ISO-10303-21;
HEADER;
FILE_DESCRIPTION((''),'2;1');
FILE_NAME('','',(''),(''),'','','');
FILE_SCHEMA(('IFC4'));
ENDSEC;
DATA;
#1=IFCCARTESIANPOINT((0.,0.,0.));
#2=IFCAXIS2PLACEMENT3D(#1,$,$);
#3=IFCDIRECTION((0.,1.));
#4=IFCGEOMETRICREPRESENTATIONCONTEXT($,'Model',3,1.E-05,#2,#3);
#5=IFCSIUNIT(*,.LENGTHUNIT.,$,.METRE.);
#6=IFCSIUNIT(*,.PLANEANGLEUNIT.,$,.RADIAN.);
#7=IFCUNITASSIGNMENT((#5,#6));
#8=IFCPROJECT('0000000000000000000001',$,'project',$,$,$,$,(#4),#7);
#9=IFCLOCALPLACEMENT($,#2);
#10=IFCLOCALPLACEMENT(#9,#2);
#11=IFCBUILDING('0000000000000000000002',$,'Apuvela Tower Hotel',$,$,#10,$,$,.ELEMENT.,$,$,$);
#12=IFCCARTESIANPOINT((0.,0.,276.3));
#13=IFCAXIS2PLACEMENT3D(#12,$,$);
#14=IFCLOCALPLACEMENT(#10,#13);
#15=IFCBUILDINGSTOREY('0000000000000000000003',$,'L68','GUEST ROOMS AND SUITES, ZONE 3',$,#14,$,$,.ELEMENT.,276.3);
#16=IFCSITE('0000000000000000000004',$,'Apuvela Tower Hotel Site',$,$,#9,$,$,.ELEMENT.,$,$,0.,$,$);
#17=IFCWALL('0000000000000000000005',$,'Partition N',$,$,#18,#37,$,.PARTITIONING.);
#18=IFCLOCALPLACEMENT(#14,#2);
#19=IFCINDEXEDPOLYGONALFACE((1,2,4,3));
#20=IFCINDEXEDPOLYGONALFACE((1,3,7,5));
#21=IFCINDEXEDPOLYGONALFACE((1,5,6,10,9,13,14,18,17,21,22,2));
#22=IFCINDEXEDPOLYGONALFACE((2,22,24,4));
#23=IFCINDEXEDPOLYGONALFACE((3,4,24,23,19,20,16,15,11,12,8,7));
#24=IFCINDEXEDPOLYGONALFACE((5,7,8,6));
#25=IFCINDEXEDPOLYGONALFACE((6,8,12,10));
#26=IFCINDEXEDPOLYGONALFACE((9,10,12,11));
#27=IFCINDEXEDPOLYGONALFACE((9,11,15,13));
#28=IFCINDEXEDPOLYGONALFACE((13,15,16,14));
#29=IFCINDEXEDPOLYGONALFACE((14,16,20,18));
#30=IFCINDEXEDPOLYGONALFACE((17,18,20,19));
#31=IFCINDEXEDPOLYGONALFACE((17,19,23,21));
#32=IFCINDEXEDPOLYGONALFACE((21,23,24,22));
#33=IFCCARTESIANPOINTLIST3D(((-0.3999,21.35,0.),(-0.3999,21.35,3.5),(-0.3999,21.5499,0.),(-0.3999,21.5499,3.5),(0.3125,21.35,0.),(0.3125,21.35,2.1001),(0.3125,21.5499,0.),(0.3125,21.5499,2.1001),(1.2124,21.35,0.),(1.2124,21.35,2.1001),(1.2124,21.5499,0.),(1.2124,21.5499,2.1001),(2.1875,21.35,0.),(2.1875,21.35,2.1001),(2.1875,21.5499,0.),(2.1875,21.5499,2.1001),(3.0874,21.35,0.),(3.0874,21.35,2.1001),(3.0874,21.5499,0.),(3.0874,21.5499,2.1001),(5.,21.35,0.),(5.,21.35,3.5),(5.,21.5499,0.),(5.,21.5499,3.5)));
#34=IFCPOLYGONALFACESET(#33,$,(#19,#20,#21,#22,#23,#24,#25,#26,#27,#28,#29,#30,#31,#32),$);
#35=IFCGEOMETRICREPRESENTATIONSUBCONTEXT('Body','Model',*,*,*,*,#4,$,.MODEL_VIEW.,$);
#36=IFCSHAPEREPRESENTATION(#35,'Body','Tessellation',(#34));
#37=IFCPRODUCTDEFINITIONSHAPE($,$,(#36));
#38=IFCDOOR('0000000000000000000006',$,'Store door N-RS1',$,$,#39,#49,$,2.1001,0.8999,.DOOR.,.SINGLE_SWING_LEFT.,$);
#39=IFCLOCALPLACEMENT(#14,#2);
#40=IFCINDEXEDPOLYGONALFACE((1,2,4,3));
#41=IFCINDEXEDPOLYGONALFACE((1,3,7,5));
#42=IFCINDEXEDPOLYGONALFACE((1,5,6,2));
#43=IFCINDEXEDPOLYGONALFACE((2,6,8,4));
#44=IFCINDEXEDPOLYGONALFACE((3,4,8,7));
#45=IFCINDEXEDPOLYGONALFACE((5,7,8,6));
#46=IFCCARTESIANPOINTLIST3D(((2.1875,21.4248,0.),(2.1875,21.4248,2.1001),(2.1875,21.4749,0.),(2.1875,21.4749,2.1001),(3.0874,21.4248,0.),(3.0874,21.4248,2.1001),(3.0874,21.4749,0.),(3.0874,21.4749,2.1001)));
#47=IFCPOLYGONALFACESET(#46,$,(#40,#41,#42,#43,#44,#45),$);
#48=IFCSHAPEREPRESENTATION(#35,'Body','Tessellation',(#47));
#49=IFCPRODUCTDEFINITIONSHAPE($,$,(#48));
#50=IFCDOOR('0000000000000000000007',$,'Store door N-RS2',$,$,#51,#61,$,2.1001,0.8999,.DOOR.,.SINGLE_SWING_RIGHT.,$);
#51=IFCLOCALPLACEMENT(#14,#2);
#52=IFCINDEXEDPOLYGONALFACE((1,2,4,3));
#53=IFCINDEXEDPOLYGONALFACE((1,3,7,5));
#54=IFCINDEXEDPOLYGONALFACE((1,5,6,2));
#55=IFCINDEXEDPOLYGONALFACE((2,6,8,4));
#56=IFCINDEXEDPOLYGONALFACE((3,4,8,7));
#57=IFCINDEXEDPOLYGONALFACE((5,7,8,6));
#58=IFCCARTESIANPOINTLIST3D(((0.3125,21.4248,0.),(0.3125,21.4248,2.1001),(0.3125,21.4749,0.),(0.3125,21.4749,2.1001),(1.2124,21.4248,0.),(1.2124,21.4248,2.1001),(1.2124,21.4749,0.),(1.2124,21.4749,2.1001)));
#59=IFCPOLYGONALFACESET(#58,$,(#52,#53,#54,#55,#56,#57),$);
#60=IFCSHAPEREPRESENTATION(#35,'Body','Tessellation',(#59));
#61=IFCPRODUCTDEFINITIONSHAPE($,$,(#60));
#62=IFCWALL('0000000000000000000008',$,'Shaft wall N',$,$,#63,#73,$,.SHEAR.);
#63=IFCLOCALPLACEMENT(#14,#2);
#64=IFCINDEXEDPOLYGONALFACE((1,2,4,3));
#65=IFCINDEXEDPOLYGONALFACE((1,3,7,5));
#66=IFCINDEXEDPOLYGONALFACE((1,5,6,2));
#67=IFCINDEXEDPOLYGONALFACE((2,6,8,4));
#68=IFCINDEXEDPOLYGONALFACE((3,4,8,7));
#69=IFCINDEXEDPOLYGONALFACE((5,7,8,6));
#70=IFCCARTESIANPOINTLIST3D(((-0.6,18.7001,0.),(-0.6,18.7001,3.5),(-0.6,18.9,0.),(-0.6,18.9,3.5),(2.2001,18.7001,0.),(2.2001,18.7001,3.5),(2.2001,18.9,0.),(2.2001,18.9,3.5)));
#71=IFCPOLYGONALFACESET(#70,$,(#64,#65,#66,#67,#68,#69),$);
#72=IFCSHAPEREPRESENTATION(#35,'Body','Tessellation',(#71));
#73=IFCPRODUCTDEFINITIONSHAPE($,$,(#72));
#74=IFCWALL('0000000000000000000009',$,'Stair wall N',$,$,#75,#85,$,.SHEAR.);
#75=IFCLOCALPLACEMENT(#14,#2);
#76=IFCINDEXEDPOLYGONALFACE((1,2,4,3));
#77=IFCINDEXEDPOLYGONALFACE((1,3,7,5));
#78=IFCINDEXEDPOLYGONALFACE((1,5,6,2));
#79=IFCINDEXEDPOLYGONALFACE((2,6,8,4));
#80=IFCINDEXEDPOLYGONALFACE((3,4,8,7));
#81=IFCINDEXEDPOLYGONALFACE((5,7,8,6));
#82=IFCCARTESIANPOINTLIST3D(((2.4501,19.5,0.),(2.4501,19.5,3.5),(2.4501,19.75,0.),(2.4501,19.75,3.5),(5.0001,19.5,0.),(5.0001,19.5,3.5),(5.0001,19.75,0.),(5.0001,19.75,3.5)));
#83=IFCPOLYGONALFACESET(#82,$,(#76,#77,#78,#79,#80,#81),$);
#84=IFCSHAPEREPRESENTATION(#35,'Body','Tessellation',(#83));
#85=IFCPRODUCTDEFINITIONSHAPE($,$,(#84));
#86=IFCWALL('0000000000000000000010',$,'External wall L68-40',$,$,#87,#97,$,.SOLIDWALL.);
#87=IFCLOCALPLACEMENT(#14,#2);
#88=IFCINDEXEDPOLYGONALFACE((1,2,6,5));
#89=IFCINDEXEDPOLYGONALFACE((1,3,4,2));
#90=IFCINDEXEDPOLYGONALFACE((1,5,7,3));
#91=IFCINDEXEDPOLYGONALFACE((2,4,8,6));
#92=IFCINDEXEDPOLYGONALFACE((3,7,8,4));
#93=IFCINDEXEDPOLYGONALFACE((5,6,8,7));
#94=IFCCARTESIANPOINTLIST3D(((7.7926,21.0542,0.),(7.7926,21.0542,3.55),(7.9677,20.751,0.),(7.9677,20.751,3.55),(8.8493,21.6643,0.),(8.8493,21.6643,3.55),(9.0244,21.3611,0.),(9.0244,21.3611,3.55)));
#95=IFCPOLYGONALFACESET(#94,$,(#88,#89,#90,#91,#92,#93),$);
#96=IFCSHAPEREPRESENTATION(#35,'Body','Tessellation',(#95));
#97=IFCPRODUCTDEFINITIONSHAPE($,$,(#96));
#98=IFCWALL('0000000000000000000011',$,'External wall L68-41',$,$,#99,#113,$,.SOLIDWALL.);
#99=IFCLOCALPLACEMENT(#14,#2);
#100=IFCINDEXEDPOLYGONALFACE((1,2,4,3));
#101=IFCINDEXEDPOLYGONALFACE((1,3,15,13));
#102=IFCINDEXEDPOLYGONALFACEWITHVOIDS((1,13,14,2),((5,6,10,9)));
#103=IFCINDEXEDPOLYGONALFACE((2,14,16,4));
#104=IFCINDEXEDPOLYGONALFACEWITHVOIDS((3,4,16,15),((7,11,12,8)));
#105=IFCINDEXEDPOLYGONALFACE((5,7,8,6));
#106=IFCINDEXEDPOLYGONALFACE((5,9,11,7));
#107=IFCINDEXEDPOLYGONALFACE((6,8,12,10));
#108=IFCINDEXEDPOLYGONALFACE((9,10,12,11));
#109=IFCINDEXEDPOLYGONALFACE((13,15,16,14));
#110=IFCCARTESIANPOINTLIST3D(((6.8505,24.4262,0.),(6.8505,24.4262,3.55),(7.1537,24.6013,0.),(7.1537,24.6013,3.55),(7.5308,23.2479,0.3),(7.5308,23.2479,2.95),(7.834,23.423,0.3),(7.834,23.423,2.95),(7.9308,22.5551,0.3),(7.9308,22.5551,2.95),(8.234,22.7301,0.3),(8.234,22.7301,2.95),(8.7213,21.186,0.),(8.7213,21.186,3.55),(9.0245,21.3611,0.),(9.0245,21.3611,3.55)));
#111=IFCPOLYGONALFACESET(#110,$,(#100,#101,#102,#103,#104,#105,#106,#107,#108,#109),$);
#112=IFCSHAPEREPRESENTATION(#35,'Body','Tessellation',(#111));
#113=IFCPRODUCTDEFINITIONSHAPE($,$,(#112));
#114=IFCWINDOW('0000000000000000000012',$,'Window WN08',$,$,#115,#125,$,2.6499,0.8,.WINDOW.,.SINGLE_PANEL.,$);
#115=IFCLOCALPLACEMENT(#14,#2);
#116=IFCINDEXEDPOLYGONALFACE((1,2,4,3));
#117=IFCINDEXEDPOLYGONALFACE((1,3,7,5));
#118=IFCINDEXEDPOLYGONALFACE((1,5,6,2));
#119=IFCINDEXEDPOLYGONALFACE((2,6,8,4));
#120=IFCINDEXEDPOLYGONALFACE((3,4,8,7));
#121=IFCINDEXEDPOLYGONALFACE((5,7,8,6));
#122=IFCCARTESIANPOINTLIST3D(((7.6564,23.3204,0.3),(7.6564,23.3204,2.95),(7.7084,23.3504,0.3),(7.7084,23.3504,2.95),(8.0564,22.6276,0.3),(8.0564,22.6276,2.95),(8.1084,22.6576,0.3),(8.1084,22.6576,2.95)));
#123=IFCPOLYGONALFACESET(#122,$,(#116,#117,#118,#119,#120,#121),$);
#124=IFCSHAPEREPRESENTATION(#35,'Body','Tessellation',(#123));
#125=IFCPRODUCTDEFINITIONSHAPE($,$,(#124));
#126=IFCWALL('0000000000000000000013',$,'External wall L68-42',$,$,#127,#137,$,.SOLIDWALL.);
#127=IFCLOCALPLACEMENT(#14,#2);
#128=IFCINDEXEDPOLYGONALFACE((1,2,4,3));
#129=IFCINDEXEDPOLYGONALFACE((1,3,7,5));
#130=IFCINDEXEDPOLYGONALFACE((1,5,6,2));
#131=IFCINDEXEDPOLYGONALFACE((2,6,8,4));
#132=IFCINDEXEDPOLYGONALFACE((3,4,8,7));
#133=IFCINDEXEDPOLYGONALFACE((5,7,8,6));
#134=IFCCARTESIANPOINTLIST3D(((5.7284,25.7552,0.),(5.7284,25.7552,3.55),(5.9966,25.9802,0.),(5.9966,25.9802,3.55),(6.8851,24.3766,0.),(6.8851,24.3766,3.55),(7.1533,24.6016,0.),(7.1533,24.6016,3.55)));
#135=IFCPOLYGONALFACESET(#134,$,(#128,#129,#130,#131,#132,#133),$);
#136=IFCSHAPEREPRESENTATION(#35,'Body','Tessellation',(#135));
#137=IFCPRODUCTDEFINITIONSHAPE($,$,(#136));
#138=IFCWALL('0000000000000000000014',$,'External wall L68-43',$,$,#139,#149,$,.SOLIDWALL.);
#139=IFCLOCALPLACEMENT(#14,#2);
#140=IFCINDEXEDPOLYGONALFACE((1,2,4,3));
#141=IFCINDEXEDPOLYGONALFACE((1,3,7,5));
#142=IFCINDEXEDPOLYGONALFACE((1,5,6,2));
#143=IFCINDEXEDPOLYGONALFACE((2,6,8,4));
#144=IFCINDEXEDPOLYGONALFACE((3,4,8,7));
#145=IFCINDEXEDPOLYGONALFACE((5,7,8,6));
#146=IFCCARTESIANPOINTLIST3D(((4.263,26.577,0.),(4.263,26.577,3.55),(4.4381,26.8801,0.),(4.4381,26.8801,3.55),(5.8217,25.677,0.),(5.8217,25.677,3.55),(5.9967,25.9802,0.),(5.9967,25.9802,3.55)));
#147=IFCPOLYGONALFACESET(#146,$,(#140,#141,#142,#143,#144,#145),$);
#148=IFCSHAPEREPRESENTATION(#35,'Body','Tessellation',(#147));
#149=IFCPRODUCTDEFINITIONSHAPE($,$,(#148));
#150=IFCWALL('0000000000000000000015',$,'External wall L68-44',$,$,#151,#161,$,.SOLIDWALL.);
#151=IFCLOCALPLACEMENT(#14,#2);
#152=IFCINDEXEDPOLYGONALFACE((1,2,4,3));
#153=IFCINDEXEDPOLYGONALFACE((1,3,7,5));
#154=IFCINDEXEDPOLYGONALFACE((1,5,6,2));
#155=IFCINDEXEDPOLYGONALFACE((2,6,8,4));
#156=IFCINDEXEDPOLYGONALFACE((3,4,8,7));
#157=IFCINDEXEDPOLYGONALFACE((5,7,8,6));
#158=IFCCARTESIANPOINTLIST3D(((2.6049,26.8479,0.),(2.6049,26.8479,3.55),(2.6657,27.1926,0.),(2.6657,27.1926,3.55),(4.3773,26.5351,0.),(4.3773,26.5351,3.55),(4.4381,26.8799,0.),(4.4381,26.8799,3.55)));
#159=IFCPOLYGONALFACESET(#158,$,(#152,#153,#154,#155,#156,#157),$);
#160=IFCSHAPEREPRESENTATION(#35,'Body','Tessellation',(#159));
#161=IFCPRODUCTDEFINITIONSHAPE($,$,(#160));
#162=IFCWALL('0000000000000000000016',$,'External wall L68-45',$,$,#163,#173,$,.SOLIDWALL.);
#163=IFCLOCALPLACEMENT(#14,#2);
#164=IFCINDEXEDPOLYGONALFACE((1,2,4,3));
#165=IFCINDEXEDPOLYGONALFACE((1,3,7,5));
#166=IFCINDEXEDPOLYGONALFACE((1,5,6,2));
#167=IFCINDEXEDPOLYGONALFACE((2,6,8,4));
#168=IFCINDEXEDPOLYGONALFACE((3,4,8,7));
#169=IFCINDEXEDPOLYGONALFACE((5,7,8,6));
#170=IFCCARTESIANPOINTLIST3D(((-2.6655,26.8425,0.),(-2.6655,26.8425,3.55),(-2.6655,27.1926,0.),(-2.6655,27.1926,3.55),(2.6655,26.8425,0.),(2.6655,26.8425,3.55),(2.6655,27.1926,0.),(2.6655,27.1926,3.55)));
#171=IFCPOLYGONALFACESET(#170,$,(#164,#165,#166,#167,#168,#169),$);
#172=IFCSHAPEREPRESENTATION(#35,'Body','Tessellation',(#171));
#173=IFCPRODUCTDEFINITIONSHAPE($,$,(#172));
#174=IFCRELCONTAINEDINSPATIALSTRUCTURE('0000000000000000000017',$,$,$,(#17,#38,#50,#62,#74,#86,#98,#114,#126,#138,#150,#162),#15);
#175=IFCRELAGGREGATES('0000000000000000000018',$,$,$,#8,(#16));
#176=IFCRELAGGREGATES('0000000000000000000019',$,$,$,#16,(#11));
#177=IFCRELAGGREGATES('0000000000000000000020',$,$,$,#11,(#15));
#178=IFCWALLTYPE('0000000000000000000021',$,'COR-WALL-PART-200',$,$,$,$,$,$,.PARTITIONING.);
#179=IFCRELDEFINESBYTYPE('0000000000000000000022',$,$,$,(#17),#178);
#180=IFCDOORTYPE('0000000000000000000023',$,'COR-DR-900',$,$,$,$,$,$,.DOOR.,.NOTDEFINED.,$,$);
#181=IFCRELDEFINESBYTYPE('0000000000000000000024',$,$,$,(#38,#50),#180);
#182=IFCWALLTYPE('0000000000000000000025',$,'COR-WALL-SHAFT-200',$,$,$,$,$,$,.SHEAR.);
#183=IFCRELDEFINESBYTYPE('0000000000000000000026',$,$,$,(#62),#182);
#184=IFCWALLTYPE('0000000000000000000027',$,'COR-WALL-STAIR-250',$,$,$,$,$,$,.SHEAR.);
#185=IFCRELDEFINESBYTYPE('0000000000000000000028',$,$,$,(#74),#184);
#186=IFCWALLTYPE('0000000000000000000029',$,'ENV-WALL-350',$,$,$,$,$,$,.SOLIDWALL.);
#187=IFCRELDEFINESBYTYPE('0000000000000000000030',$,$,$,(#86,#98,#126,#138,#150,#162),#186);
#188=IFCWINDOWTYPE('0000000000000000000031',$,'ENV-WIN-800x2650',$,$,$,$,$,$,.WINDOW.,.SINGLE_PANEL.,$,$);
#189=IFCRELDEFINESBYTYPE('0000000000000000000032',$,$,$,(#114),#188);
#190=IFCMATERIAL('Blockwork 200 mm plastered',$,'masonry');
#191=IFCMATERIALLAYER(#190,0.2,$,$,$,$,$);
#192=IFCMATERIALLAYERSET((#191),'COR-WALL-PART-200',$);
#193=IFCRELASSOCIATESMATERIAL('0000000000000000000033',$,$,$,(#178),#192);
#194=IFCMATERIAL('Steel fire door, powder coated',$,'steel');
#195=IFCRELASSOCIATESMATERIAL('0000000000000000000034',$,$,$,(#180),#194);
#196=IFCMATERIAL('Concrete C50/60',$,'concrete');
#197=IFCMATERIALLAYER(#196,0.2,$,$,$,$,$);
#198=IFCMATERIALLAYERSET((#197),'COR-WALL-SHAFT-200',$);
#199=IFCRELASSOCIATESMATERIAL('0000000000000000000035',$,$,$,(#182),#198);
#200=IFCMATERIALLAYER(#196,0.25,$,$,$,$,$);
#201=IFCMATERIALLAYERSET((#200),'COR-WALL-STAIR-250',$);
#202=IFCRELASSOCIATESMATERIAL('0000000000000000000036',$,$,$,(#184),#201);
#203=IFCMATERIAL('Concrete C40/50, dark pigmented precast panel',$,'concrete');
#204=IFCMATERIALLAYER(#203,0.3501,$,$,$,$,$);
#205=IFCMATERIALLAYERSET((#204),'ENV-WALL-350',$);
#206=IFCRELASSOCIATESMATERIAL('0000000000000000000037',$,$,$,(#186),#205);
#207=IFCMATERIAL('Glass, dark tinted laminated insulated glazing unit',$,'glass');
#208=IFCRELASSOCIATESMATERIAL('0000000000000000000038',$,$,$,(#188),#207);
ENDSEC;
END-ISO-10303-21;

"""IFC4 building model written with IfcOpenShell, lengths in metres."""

from ifc_helpers import new_model, si_unit, direction, frame, frame_2d, origin, place, context, subcontext, project, spatial, rectangle, extrude, material, layer, layer_set, type_object, element, fill, save


model = new_model("IFC4")

# Units and contexts
model_context = context("Model", 3, precision=1e-05, world=origin(), true_north=direction((0.0, 1.0)))
body_context = subcontext(model_context, "Body", "Model", "MODEL_VIEW")
ifc_project = project(units=[si_unit("LENGTHUNIT", "METRE"), si_unit("PLANEANGLEUNIT", "RADIAN")], contexts=[model_context])

# Site, building, storey
site_placement = place(None, origin())
site = spatial("IfcSite", under=ifc_project, at=site_placement, Name="Apuvela Tower Hotel Site", CompositionType="ELEMENT", RefElevation=0.0)
building_placement = place(site_placement, origin())
building = spatial("IfcBuilding", under=site, at=building_placement, Name="Apuvela Tower Hotel", CompositionType="ELEMENT")
storey_placement = place(building_placement, frame((0.0, 0.0, 276.3)))
storey = spatial("IfcBuildingStorey", under=building, at=storey_placement, Name="L68", Description="GUEST ROOMS AND SUITES, ZONE 3", CompositionType="ELEMENT", Elevation=276.3)

# Wall, openings, doors
ifc_material_1 = material(Name="Blockwork 200 mm plastered", Category="masonry")
ifc_layer_1 = layer(ifc_material_1, 0.2)
ifc_layer_set_1 = layer_set([ifc_layer_1], Name="COR-WALL-PART-200")
wall_type_1 = type_object("IfcWallType", Name="COR-WALL-PART-200", PredefinedType="PARTITIONING", material=ifc_layer_set_1)
wall_1_placement = place(storey_placement, frame((5.0, 21.45, 0.0), z_axis=(0.0, 0.0, 1.0), x_axis=(-1.0, 0.0, 0.0)))
wall_1 = element("IfcWall", 1, at=wall_1_placement, inside=storey, type_object=wall_type_1, Name="Partition N", PredefinedType="PARTITIONING", context=body_context, shape_type="SweptSolid", body=[
    extrude(rectangle(XDim=5.3999, YDim=0.2, at=frame_2d((2.7, 0.0))), origin(), (0.0, 0.0, 1.0), 3.5),
])
opening_1_placement = place(wall_1_placement, frame((1.9126, 0.0, 0.0)))
opening_1 = element("IfcOpeningElement", 2, at=opening_1_placement, cuts=wall_1, PredefinedType="OPENING", context=body_context, shape_type="SweptSolid", body=[
    extrude(rectangle(XDim=0.8999, YDim=2.1001, at=frame_2d((0.45, 1.05))), frame((0.0, 0.1099, 0.0), z_axis=(0.0, -1.0, 0.0), x_axis=(1.0, 0.0, 0.0)), (0.0, 0.0, 1.0), 0.22),
])
opening_2_placement = place(wall_1_placement, frame((3.7876, 0.0, 0.0)))
opening_2 = element("IfcOpeningElement", 3, at=opening_2_placement, cuts=wall_1, PredefinedType="OPENING", context=body_context, shape_type="SweptSolid", body=[
    extrude(rectangle(XDim=0.8999, YDim=2.1001, at=frame_2d((0.45, 1.05))), frame((0.0, 0.1099, 0.0), z_axis=(0.0, -1.0, 0.0), x_axis=(1.0, 0.0, 0.0)), (0.0, 0.0, 1.0), 0.22),
])
ifc_material_2 = material(Name="Steel fire door, powder coated", Category="steel")
door_type_1 = type_object("IfcDoorType", Name="COR-DR-900", OperationType="NOTDEFINED", PredefinedType="DOOR", material=ifc_material_2)
door_1_placement = place(opening_1_placement, frame((0.8999, 0.0, 0.0), z_axis=(0.0, 0.0, 1.0), x_axis=(-1.0, 0.0, 0.0)))
door_1 = element("IfcDoor", 4, at=door_1_placement, inside=storey, type_object=door_type_1, Name="Store door N-RS1", OperationType="SINGLE_SWING_LEFT", OverallHeight=2.1001, OverallWidth=0.8999, PredefinedType="DOOR", context=body_context, shape_type="SweptSolid", body=[
    extrude(rectangle(XDim=0.8999, YDim=2.1001, at=frame_2d((0.45, 1.05))), frame((0.0, 0.0249, 0.0), z_axis=(0.0, -1.0, 0.0), x_axis=(1.0, 0.0, 0.0)), (0.0, 0.0, 1.0), 0.05),
])
fill(opening_1, door_1)
door_2_placement = place(opening_2_placement, frame((0.8999, 0.0, 0.0), z_axis=(0.0, 0.0, 1.0), x_axis=(-1.0, 0.0, 0.0)))
door_2 = element("IfcDoor", 5, at=door_2_placement, inside=storey, type_object=door_type_1, Name="Store door N-RS2", OperationType="SINGLE_SWING_RIGHT", OverallHeight=2.1001, OverallWidth=0.8999, PredefinedType="DOOR", context=body_context, shape_type="SweptSolid", body=[
    extrude(rectangle(XDim=0.8999, YDim=2.1001, at=frame_2d((0.45, 1.05))), frame((0.0, 0.0249, 0.0), z_axis=(0.0, -1.0, 0.0), x_axis=(1.0, 0.0, 0.0)), (0.0, 0.0, 1.0), 0.05),
])
fill(opening_2, door_2)

# Walls
ifc_material_3 = material(Name="Concrete C50/60", Category="concrete")
ifc_layer_2 = layer(ifc_material_3, 0.2)
ifc_layer_set_2 = layer_set([ifc_layer_2], Name="COR-WALL-SHAFT-200")
wall_type_2 = type_object("IfcWallType", Name="COR-WALL-SHAFT-200", PredefinedType="SHEAR", material=ifc_layer_set_2)
wall_2_placement = place(storey_placement, frame((2.2, 18.8, 0.0), z_axis=(0.0, 0.0, 1.0), x_axis=(-1.0, 0.0, 0.0)))
element("IfcWall", 6, at=wall_2_placement, inside=storey, type_object=wall_type_2, Name="Shaft wall N", PredefinedType="SHEAR", context=body_context, shape_type="SweptSolid", body=[
    extrude(rectangle(XDim=2.8, YDim=0.2, at=frame_2d((1.3999, 0.0))), origin(), (0.0, 0.0, 1.0), 3.5),
])
ifc_layer_3 = layer(ifc_material_3, 0.25)
ifc_layer_set_3 = layer_set([ifc_layer_3], Name="COR-WALL-STAIR-250")
wall_type_3 = type_object("IfcWallType", Name="COR-WALL-STAIR-250", PredefinedType="SHEAR", material=ifc_layer_set_3)
wall_3_placement = place(storey_placement, frame((5.0, 19.625, 0.0), z_axis=(0.0, 0.0, 1.0), x_axis=(-1.0, 0.0, 0.0)))
element("IfcWall", 7, at=wall_3_placement, inside=storey, type_object=wall_type_3, Name="Stair wall N", PredefinedType="SHEAR", context=body_context, shape_type="SweptSolid", body=[
    extrude(rectangle(XDim=2.55, YDim=0.25, at=frame_2d((1.2749, 0.0))), origin(), (0.0, 0.0, 1.0), 3.5),
])
ifc_material_4 = material(Name="Concrete C40/50, dark pigmented precast panel", Category="concrete")
ifc_layer_4 = layer(ifc_material_4, 0.3501)
ifc_layer_set_4 = layer_set([ifc_layer_4], Name="ENV-WALL-350")
wall_type_4 = type_object("IfcWallType", Name="ENV-WALL-350", PredefinedType="SOLIDWALL", material=ifc_layer_set_4)
wall_4_placement = place(storey_placement, frame((7.8801, 20.9026, 0.0), z_axis=(0.0, 0.0, 1.0), x_axis=(0.866006, 0.500034, 0.0)))
element("IfcWall", 8, at=wall_4_placement, inside=storey, type_object=wall_type_4, Name="External wall L68-40", PredefinedType="SOLIDWALL", context=body_context, shape_type="SweptSolid", body=[
    extrude(rectangle(XDim=1.2202, YDim=0.3501, at=frame_2d((0.6101, 0.0))), origin(), (0.0, 0.0, 1.0), 3.55),
])

# Wall, opening, window
wall_5_placement = place(storey_placement, frame((8.8728, 21.2737, 0.0), z_axis=(0.0, 0.0, 1.0), x_axis=(-0.50002, 0.866014, 0.0)))
wall_5 = element("IfcWall", 9, at=wall_5_placement, inside=storey, type_object=wall_type_4, Name="External wall L68-41", PredefinedType="SOLIDWALL", context=body_context, shape_type="SweptSolid", body=[
    extrude(rectangle(XDim=3.7415, YDim=0.3501, at=frame_2d((1.8706, 0.0))), origin(), (0.0, 0.0, 1.0), 3.55),
])
opening_3_placement = place(wall_5_placement, frame((1.5808, 0.0, 0.3)))
opening_3 = element("IfcOpeningElement", 10, at=opening_3_placement, cuts=wall_5, PredefinedType="OPENING", context=body_context, shape_type="SweptSolid", body=[
    extrude(rectangle(XDim=0.8, YDim=2.6499, at=frame_2d((0.3999, 1.325))), frame((0.0, 0.1851, 0.0), z_axis=(0.0, -1.0, 0.0), x_axis=(1.0, 0.0, 0.0)), (0.0, 0.0, 1.0), 0.3701),
])
ifc_material_5 = material(Name="Glass, dark tinted laminated insulated glazing unit", Category="glass")
window_type = type_object("IfcWindowType", Name="ENV-WIN-800x2650", PartitioningType="SINGLE_PANEL", PredefinedType="WINDOW", material=ifc_material_5)
window_placement = place(opening_3_placement, origin())
window = element("IfcWindow", 11, at=window_placement, inside=storey, type_object=window_type, Name="Window WN08", OverallHeight=2.6499, OverallWidth=0.8, PartitioningType="SINGLE_PANEL", PredefinedType="WINDOW", context=body_context, shape_type="SweptSolid", body=[
    extrude(rectangle(XDim=0.8, YDim=2.6499, at=frame_2d((0.3999, 1.325))), frame((0.0, 0.03, 0.0), z_axis=(0.0, -1.0, 0.0), x_axis=(1.0, 0.0, 0.0)), (0.0, 0.0, 1.0), 0.0601),
])
fill(opening_3, window)

# Walls
wall_6_placement = place(storey_placement, frame((7.0193, 24.489, 0.0), z_axis=(0.0, 0.0, 1.0), x_axis=(-0.642756, 0.766071, 0.0)))
element("IfcWall", 12, at=wall_6_placement, inside=storey, type_object=wall_type_4, Name="External wall L68-42", PredefinedType="SOLIDWALL", context=body_context, shape_type="SweptSolid", body=[
    extrude(rectangle(XDim=1.7996, YDim=0.3501, at=frame_2d((0.8999, 0.0))), origin(), (0.0, 0.0, 1.0), 3.55),
])
for number, where, z_axis, x_axis, name in (
    (13, (5.9092, 25.8286, 0.0), (0.0, 0.0, 1.0), (-0.866014, 0.50002, 0.0), "External wall L68-43"),
    (14, (4.4077, 26.7075, 0.0), (0.0, 0.0, 1.0), (-0.984788, 0.173762, 0.0), "External wall L68-44"),
):
    element("IfcWall", number, at=place(storey_placement, frame(where, z_axis=z_axis, x_axis=x_axis)), inside=storey, type_object=wall_type_4, Name=name, PredefinedType="SOLIDWALL", context=body_context, shape_type="SweptSolid", body=[
        extrude(rectangle(XDim=1.7998, YDim=0.3501, at=frame_2d((0.8999, 0.0))), origin(), (0.0, 0.0, 1.0), 3.55),
    ])
wall_7_placement = place(storey_placement, frame((2.6655, 27.0176, 0.0), z_axis=(0.0, 0.0, 1.0), x_axis=(-1.0, 0.0, 0.0)))
element("IfcWall", 15, at=wall_7_placement, inside=storey, type_object=wall_type_4, Name="External wall L68-45", PredefinedType="SOLIDWALL", context=body_context, shape_type="SweptSolid", body=[
    extrude(rectangle(XDim=5.3311, YDim=0.3501, at=frame_2d((2.6655, 0.0))), origin(), (0.0, 0.0, 1.0), 3.55),
])

save(model, "model.ifc")
